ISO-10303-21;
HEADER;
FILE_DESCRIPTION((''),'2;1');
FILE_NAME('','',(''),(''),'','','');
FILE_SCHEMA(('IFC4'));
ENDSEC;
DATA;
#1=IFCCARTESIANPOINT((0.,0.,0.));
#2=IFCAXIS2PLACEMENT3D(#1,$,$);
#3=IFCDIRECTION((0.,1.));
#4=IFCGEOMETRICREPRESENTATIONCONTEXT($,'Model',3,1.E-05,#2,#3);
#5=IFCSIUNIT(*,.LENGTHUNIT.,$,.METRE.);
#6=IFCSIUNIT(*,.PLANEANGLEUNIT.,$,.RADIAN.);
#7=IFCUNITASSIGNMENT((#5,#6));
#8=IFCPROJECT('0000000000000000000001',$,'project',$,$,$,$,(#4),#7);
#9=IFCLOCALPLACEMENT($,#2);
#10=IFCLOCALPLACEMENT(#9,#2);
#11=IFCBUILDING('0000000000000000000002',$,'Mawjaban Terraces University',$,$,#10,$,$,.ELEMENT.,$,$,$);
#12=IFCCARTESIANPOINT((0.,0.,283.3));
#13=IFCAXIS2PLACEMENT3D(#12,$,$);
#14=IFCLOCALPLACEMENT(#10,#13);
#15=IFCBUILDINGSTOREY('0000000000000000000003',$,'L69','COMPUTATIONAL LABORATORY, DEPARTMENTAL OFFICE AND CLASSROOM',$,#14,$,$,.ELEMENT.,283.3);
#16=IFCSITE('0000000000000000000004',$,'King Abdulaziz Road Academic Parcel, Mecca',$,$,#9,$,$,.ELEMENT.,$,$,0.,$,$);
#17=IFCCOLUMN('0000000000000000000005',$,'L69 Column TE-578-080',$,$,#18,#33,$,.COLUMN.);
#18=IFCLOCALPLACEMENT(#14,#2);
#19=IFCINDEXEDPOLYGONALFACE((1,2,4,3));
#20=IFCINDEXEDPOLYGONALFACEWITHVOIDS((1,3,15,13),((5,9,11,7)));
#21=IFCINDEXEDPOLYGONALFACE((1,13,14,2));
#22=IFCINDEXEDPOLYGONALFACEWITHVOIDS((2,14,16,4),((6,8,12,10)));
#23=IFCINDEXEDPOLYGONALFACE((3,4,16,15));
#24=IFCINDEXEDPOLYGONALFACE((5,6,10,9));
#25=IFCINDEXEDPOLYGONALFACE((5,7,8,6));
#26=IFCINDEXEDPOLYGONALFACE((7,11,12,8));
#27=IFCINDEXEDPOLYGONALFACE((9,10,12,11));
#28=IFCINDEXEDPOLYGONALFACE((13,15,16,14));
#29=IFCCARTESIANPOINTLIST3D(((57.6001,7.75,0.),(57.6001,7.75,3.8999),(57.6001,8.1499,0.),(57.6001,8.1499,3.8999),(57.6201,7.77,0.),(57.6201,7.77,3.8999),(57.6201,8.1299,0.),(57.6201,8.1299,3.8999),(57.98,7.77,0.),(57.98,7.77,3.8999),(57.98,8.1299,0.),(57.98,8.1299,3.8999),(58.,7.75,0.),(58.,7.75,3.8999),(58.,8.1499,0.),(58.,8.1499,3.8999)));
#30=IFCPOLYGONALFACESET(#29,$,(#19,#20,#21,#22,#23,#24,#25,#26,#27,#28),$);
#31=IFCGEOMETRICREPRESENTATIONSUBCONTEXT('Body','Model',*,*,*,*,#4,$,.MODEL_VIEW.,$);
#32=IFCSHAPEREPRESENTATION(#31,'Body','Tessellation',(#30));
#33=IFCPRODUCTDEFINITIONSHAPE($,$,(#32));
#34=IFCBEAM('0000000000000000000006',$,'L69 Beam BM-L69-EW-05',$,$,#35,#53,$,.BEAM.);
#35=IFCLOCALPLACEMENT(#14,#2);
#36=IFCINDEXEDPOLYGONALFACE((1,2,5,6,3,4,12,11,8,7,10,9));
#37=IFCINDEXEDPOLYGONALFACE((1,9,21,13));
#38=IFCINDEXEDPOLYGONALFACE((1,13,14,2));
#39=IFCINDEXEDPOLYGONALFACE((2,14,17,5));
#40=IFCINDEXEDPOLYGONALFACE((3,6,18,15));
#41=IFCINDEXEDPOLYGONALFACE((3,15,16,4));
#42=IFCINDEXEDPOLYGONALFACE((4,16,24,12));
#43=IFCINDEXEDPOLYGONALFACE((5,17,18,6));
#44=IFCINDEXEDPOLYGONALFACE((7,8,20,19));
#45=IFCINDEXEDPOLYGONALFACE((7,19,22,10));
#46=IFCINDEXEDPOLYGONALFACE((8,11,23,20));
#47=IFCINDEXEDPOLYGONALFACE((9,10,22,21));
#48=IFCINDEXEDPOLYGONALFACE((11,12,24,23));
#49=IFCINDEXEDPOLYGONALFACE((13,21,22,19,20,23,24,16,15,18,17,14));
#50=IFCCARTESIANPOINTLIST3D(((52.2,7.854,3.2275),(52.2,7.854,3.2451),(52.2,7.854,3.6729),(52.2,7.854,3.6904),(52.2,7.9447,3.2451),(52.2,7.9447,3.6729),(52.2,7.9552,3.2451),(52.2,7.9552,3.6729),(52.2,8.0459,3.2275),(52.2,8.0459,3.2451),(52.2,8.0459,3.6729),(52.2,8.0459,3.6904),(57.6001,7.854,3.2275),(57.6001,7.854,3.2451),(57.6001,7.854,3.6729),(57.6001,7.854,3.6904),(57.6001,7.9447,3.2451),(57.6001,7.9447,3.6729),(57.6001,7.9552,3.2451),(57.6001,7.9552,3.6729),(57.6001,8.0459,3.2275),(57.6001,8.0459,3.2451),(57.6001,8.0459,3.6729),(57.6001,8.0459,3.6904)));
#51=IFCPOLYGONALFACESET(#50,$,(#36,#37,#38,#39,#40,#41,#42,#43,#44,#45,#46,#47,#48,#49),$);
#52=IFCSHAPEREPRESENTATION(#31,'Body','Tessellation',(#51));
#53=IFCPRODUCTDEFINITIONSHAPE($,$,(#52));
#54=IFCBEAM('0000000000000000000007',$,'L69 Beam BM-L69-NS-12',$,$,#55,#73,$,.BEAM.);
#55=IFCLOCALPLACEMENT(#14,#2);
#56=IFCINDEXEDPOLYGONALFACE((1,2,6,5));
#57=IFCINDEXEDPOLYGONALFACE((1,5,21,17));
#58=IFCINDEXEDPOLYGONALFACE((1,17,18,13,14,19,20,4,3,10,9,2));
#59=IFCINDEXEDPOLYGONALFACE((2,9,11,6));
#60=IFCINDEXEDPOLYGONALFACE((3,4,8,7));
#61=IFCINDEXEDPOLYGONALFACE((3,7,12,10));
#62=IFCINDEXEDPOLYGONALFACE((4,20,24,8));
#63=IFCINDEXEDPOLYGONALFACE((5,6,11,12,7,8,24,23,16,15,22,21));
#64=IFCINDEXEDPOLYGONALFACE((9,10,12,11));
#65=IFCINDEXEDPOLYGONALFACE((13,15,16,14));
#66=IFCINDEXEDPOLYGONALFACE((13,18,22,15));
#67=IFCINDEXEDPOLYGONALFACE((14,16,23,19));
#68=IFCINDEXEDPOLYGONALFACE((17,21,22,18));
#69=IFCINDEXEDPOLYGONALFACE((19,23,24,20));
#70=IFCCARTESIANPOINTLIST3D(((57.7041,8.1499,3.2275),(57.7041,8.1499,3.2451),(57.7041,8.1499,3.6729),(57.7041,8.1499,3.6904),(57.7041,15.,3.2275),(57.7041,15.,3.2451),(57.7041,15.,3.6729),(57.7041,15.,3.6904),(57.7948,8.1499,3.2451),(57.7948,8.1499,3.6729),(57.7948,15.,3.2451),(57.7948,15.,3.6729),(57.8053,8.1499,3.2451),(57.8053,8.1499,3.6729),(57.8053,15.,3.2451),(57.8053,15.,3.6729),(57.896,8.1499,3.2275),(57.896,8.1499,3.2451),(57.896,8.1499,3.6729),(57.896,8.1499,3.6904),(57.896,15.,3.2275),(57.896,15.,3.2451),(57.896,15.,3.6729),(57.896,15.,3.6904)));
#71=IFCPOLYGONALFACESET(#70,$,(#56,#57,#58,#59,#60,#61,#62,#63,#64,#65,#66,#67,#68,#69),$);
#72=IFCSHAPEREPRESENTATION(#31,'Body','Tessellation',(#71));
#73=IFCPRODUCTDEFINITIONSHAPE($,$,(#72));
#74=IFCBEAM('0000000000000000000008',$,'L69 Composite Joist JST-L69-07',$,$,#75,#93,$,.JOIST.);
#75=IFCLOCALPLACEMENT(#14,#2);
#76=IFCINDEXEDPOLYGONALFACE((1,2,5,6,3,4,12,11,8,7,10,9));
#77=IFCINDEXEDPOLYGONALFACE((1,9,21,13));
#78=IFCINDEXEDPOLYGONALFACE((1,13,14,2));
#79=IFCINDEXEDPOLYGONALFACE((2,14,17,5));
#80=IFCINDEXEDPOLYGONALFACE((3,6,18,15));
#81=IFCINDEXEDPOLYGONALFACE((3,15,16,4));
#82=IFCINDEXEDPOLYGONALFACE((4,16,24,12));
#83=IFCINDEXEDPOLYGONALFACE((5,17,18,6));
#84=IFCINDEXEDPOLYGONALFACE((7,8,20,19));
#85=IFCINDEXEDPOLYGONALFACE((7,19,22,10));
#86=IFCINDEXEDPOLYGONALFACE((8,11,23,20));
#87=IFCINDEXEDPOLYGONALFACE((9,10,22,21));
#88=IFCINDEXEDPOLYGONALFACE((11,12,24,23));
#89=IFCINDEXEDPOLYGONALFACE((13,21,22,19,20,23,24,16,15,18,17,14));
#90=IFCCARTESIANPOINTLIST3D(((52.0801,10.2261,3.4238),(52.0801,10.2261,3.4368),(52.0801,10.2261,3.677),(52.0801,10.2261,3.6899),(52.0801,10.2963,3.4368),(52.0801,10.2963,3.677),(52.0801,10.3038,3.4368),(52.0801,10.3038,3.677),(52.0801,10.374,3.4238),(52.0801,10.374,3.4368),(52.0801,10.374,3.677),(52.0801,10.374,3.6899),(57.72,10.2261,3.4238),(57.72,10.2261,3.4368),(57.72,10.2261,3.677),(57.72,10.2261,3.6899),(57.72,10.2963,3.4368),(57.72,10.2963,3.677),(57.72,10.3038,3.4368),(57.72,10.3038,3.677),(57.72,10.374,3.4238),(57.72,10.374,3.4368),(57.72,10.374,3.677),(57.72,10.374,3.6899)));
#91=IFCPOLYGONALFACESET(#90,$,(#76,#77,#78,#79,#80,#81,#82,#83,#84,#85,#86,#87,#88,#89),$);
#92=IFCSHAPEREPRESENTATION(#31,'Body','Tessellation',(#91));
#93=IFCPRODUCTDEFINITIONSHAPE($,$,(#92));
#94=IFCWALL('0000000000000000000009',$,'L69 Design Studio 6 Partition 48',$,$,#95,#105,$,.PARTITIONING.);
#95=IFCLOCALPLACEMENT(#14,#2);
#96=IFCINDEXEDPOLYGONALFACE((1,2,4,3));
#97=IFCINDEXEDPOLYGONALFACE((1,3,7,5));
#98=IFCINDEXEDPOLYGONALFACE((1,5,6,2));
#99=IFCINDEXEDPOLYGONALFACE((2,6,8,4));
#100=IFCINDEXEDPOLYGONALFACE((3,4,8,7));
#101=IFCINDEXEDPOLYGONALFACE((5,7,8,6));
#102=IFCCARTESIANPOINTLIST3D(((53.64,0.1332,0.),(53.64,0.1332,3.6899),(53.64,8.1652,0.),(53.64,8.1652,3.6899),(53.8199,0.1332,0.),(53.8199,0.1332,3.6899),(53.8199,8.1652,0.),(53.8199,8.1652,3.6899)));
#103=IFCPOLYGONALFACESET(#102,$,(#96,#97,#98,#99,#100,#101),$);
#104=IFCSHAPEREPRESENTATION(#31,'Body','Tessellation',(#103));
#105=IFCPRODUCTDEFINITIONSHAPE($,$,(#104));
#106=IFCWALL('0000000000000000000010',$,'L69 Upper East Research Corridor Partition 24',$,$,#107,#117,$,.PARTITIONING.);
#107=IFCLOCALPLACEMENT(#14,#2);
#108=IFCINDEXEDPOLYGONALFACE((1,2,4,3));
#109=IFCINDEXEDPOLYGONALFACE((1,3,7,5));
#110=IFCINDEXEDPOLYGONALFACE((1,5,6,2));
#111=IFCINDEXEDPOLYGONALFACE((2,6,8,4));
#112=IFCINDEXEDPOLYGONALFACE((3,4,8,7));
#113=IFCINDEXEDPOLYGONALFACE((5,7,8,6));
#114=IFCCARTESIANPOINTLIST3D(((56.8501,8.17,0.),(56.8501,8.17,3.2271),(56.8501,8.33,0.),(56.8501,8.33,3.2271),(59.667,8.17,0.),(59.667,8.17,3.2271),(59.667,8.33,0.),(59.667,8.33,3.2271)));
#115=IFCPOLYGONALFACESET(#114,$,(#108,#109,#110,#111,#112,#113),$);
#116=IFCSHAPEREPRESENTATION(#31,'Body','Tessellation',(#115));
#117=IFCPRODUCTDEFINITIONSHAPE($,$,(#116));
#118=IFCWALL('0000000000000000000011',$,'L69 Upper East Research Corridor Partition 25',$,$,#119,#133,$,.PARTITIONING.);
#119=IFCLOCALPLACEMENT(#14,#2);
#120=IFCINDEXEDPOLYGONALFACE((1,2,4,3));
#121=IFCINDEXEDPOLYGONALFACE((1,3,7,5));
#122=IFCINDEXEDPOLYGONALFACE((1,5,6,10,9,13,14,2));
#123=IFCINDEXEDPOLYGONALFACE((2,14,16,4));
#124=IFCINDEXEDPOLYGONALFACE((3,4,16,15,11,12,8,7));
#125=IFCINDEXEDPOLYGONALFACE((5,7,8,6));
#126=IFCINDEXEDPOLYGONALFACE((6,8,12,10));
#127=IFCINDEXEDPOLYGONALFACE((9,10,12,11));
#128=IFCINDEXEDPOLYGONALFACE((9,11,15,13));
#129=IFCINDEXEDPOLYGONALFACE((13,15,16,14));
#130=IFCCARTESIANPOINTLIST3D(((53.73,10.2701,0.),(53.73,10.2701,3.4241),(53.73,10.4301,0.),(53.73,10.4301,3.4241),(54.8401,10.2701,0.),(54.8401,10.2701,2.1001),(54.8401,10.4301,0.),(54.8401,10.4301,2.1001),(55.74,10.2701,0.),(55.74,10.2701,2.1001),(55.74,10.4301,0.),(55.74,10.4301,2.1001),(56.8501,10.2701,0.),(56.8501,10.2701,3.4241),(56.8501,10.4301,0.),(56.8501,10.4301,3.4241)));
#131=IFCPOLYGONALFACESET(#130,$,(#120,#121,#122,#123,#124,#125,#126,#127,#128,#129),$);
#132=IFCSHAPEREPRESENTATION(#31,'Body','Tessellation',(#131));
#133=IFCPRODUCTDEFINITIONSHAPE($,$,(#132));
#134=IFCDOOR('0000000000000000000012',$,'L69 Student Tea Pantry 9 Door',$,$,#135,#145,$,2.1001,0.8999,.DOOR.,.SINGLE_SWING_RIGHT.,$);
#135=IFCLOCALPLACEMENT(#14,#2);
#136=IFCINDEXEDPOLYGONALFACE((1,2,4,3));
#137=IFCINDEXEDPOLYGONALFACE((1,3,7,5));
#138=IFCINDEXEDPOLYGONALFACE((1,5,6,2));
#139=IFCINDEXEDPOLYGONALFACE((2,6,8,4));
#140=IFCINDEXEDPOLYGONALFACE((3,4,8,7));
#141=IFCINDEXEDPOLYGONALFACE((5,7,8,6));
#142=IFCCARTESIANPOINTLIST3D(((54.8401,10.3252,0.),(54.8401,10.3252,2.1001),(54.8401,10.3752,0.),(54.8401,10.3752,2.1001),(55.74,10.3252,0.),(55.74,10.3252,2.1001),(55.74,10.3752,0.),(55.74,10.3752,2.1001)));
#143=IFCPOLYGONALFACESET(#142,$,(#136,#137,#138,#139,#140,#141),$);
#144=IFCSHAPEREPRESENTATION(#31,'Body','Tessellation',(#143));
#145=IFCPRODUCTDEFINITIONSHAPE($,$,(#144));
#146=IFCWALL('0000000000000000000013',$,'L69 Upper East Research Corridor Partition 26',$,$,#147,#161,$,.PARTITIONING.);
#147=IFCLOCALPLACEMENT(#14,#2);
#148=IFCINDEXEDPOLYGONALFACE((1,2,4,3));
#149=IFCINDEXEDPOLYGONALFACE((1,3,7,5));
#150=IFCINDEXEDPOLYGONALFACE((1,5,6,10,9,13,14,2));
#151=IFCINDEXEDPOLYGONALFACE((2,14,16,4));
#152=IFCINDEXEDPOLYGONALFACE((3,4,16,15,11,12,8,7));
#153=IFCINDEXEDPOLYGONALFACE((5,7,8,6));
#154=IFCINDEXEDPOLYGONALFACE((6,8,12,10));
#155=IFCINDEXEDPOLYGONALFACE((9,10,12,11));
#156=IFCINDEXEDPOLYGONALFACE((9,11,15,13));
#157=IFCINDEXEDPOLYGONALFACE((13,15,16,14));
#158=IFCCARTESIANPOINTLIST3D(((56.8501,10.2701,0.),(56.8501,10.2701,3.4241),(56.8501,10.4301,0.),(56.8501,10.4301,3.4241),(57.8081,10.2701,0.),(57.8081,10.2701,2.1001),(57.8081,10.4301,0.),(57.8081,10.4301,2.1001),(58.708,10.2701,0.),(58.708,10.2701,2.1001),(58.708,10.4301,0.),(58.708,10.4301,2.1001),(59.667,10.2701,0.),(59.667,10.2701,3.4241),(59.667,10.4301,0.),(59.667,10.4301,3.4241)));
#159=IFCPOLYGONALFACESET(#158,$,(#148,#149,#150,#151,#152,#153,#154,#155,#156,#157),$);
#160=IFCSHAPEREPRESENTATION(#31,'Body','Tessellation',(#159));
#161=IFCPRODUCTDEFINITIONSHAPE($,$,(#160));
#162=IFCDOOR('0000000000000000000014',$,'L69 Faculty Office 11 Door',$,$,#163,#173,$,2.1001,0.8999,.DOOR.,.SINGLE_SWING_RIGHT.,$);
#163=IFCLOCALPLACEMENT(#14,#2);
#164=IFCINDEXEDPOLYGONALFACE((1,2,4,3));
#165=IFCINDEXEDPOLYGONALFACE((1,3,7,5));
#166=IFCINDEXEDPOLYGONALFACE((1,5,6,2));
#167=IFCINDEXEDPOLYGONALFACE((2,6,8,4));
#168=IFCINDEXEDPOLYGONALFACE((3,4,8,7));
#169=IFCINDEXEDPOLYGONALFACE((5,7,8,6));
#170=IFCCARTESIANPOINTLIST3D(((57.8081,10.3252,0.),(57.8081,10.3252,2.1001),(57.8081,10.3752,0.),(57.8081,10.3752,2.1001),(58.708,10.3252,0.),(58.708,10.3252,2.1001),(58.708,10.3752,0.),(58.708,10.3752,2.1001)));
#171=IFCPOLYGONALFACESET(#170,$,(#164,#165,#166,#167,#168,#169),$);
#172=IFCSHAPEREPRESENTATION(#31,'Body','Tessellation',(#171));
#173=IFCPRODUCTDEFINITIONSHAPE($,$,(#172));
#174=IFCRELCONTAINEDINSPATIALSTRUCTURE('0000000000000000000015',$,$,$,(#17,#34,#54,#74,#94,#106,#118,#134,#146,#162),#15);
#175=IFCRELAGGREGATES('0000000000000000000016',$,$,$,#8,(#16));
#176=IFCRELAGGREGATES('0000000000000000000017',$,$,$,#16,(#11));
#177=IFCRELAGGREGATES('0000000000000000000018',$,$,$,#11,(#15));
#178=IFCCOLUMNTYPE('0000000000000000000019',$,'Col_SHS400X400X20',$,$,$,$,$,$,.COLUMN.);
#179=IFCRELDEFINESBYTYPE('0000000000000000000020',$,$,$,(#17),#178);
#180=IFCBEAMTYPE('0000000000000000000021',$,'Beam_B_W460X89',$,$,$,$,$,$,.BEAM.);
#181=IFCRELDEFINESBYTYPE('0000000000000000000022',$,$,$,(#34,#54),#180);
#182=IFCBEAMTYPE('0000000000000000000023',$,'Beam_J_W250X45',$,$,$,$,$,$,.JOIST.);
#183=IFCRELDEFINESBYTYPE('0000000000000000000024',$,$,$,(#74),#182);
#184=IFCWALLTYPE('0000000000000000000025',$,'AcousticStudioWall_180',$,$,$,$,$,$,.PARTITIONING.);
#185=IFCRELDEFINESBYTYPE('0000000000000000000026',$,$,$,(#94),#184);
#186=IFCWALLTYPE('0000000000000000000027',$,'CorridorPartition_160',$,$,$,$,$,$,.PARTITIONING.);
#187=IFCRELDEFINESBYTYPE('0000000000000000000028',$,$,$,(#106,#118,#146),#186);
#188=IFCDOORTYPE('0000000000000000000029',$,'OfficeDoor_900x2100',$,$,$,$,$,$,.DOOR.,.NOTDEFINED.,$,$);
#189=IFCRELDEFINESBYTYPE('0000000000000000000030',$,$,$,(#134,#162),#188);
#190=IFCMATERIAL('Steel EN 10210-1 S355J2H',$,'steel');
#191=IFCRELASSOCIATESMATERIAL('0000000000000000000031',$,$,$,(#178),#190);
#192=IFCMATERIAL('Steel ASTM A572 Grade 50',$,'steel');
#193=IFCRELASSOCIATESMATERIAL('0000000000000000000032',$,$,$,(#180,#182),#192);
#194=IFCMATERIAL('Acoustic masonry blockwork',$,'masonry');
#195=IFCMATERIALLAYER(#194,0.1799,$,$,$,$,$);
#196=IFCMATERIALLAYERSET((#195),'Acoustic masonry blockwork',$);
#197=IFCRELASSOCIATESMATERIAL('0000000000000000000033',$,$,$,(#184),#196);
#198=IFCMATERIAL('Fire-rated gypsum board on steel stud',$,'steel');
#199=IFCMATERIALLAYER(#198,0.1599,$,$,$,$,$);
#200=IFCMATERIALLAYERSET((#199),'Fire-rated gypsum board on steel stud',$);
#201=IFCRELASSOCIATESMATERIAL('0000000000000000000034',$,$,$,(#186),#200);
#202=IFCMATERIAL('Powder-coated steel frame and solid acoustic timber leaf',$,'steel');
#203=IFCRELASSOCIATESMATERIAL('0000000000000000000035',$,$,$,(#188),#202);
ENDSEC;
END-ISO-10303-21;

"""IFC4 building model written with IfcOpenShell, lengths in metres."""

from ifc_helpers import new_model, si_unit, direction, frame, frame_2d, origin, origin_2d, place, context, subcontext, project, spatial, rectangle, hollow_rectangle, i_section, extrude, material, layer, layer_set, material_profile, profile_set, type_object, element, fill, save


model = new_model("IFC4")

# Units and contexts
model_context = context("Model", 3, precision=1e-05, world=origin(), true_north=direction((0.0, 1.0)))
body_context = subcontext(model_context, "Body", "Model", "MODEL_VIEW")
ifc_project = project(units=[si_unit("LENGTHUNIT", "METRE"), si_unit("PLANEANGLEUNIT", "RADIAN")], contexts=[model_context])

# Site, building, storey
site_placement = place(None, origin())
site = spatial("IfcSite", under=ifc_project, at=site_placement, Name="King Abdulaziz Road Academic Parcel, Mecca", CompositionType="ELEMENT", RefElevation=0.0)
building_placement = place(site_placement, origin())
building = spatial("IfcBuilding", under=site, at=building_placement, Name="Mawjaban Terraces University", CompositionType="ELEMENT")
storey_placement = place(building_placement, frame((0.0, 0.0, 283.3)))
storey = spatial("IfcBuildingStorey", under=building, at=storey_placement, Name="L69", Description="COMPUTATIONAL LABORATORY, DEPARTMENTAL OFFICE AND CLASSROOM", CompositionType="ELEMENT", Elevation=283.3)

# Column
ifc_material_1 = material(Name="Steel EN 10210-1 S355J2H", Category="steel")
ifc_material_profile_1 = material_profile(ifc_material_1, hollow_rectangle(XDim=0.3999, YDim=0.3999, WallThickness=0.02, at=origin_2d()), Name="SHS400X400X20")
ifc_profile_set_1 = profile_set([ifc_material_profile_1], Name="Steel EN 10210-1 S355J2H")
column_type = type_object("IfcColumnType", Name="Col_SHS400X400X20", PredefinedType="COLUMN", material=ifc_profile_set_1)
column_placement = place(storey_placement, frame((57.8, 7.95, 0.0), z_axis=(0.0, 0.0, 1.0), x_axis=(1.0, 0.0, 0.0)))
element("IfcColumn", 1, at=column_placement, inside=storey, type_object=column_type, Name="L69 Column TE-578-080", PredefinedType="COLUMN", context=body_context, shape_type="SweptSolid", body=[
    extrude(hollow_rectangle(XDim=0.3999, YDim=0.3999, WallThickness=0.02, at=origin_2d()), origin(), (0.0, 0.0, 1.0), 3.8999),
])

# Beams
ifc_material_2 = material(Name="Steel ASTM A572 Grade 50", Category="steel")
ifc_material_profile_2 = material_profile(ifc_material_2, i_section(OverallWidth=0.1919, OverallDepth=0.4629, WebThickness=0.0105, FlangeThickness=0.0176, at=origin_2d()), Name="W460X89")
ifc_profile_set_2 = profile_set([ifc_material_profile_2], Name="Steel ASTM A572 Grade 50")
beam_type_1 = type_object("IfcBeamType", Name="Beam_B_W460X89", PredefinedType="BEAM", material=ifc_profile_set_2)
beam_1_placement = place(storey_placement, frame((52.2, 7.95, 3.459), z_axis=(1.0, 0.0, 0.0), x_axis=(0.0, 1.0, 0.0)))
element("IfcBeam", 2, at=beam_1_placement, inside=storey, type_object=beam_type_1, Name="L69 Beam BM-L69-EW-05", PredefinedType="BEAM", context=body_context, shape_type="SweptSolid", body=[
    extrude(i_section(OverallWidth=0.1919, OverallDepth=0.4629, WebThickness=0.0105, FlangeThickness=0.0176, at=origin_2d()), origin(), (0.0, 0.0, 1.0), 5.4001),
])
beam_2_placement = place(storey_placement, frame((57.8, 8.1499, 3.459), z_axis=(0.0, 1.0, 0.0), x_axis=(-1.0, 0.0, 0.0)))
element("IfcBeam", 3, at=beam_2_placement, inside=storey, type_object=beam_type_1, Name="L69 Beam BM-L69-NS-12", PredefinedType="BEAM", context=body_context, shape_type="SweptSolid", body=[
    extrude(i_section(OverallWidth=0.1919, OverallDepth=0.4629, WebThickness=0.0105, FlangeThickness=0.0176, at=origin_2d()), origin(), (0.0, 0.0, 1.0), 6.8501),
])
ifc_material_profile_3 = material_profile(ifc_material_2, i_section(OverallWidth=0.1479, OverallDepth=0.2661, WebThickness=0.0076, FlangeThickness=0.0129, at=origin_2d()), Name="W250X45")
ifc_profile_set_3 = profile_set([ifc_material_profile_3], Name="Steel ASTM A572 Grade 50")
beam_type_2 = type_object("IfcBeamType", Name="Beam_J_W250X45", PredefinedType="JOIST", material=ifc_profile_set_3)
beam_3_placement = place(storey_placement, frame((52.0801, 10.3, 3.5569), z_axis=(1.0, 0.0, 0.0), x_axis=(0.0, 1.0, 0.0)))
element("IfcBeam", 4, at=beam_3_placement, inside=storey, type_object=beam_type_2, Name="L69 Composite Joist JST-L69-07", PredefinedType="JOIST", context=body_context, shape_type="SweptSolid", body=[
    extrude(i_section(OverallWidth=0.1479, OverallDepth=0.2661, WebThickness=0.0076, FlangeThickness=0.0129, at=origin_2d()), origin(), (0.0, 0.0, 1.0), 5.6399),
])

# Walls
ifc_material_3 = material(Name="Acoustic masonry blockwork", Category="masonry")
ifc_layer_1 = layer(ifc_material_3, 0.1799)
ifc_layer_set_1 = layer_set([ifc_layer_1], Name="Acoustic masonry blockwork")
wall_type_1 = type_object("IfcWallType", Name="AcousticStudioWall_180", PredefinedType="PARTITIONING", material=ifc_layer_set_1)
wall_1_placement = place(storey_placement, frame((53.73, 0.1331, 0.0), z_axis=(0.0, 0.0, 1.0), x_axis=(0.0, 1.0, 0.0)))
element("IfcWall", 5, at=wall_1_placement, inside=storey, type_object=wall_type_1, Name="L69 Design Studio 6 Partition 48", PredefinedType="PARTITIONING", context=body_context, shape_type="SweptSolid", body=[
    extrude(rectangle(XDim=8.032, YDim=0.1799, at=frame_2d((4.0161, 0.0))), origin(), (0.0, 0.0, 1.0), 3.6899),
])
ifc_material_4 = material(Name="Fire-rated gypsum board on steel stud", Category="steel")
ifc_layer_2 = layer(ifc_material_4, 0.1599)
ifc_layer_set_2 = layer_set([ifc_layer_2], Name="Fire-rated gypsum board on steel stud")
wall_type_2 = type_object("IfcWallType", Name="CorridorPartition_160", PredefinedType="PARTITIONING", material=ifc_layer_set_2)
wall_2_placement = place(storey_placement, frame((56.8501, 8.25, 0.0), z_axis=(0.0, 0.0, 1.0), x_axis=(1.0, 0.0, 0.0)))
element("IfcWall", 6, at=wall_2_placement, inside=storey, type_object=wall_type_2, Name="L69 Upper East Research Corridor Partition 24", PredefinedType="PARTITIONING", context=body_context, shape_type="SweptSolid", body=[
    extrude(rectangle(XDim=2.8169, YDim=0.1599, at=frame_2d((1.4084, 0.0))), origin(), (0.0, 0.0, 1.0), 3.2271),
])

# Walls, openings, doors
wall_3_placement = place(storey_placement, frame((56.8501, 10.3501, 0.0), z_axis=(0.0, 0.0, 1.0), x_axis=(-1.0, 0.0, 0.0)))
wall_3 = element("IfcWall", 7, at=wall_3_placement, inside=storey, type_object=wall_type_2, Name="L69 Upper East Research Corridor Partition 25", PredefinedType="PARTITIONING", context=body_context, shape_type="SweptSolid", body=[
    extrude(rectangle(XDim=3.1201, YDim=0.1599, at=frame_2d((1.5601, 0.0))), origin(), (0.0, 0.0, 1.0), 3.4241),
])
opening_1_placement = place(wall_3_placement, frame((1.1101, 0.0, 0.0)))
opening_1 = element("IfcOpeningElement", 8, at=opening_1_placement, cuts=wall_3, PredefinedType="OPENING", context=body_context, shape_type="SweptSolid", body=[
    extrude(rectangle(XDim=0.8999, YDim=2.1001, at=frame_2d((0.45, 1.05))), frame((0.0, 0.0898, 0.0), z_axis=(0.0, -1.0, 0.0), x_axis=(1.0, 0.0, 0.0)), (0.0, 0.0, 1.0), 0.1799),
])
ifc_material_5 = material(Name="Powder-coated steel frame and solid acoustic timber leaf", Category="steel")
door_type_1 = type_object("IfcDoorType", Name="OfficeDoor_900x2100", OperationType="NOTDEFINED", PredefinedType="DOOR", material=ifc_material_5)
door_1_placement = place(opening_1_placement, origin())
door_1 = element("IfcDoor", 9, at=door_1_placement, inside=storey, type_object=door_type_1, Name="L69 Student Tea Pantry 9 Door", OperationType="SINGLE_SWING_RIGHT", OverallHeight=2.1001, OverallWidth=0.8999, PredefinedType="DOOR", context=body_context, shape_type="SweptSolid", body=[
    extrude(rectangle(XDim=0.8999, YDim=2.1001, at=frame_2d((0.45, 1.05))), frame((0.0, 0.0249, 0.0), z_axis=(0.0, -1.0, 0.0), x_axis=(1.0, 0.0, 0.0)), (0.0, 0.0, 1.0), 0.05),
])
fill(opening_1, door_1)
wall_4_placement = place(storey_placement, frame((59.667, 10.3501, 0.0), z_axis=(0.0, 0.0, 1.0), x_axis=(-1.0, 0.0, 0.0)))
wall_4 = element("IfcWall", 10, at=wall_4_placement, inside=storey, type_object=wall_type_2, Name="L69 Upper East Research Corridor Partition 26", PredefinedType="PARTITIONING", context=body_context, shape_type="SweptSolid", body=[
    extrude(rectangle(XDim=2.8169, YDim=0.1599, at=frame_2d((1.4084, 0.0))), origin(), (0.0, 0.0, 1.0), 3.4241),
])
opening_2_placement = place(wall_4_placement, frame((0.959, 0.0, 0.0)))
opening_2 = element("IfcOpeningElement", 11, at=opening_2_placement, cuts=wall_4, PredefinedType="OPENING", context=body_context, shape_type="SweptSolid", body=[
    extrude(rectangle(XDim=0.8999, YDim=2.1001, at=frame_2d((0.45, 1.05))), frame((0.0, 0.0898, 0.0), z_axis=(0.0, -1.0, 0.0), x_axis=(1.0, 0.0, 0.0)), (0.0, 0.0, 1.0), 0.1799),
])
door_2_placement = place(opening_2_placement, origin())
door_2 = element("IfcDoor", 12, at=door_2_placement, inside=storey, type_object=door_type_1, Name="L69 Faculty Office 11 Door", OperationType="SINGLE_SWING_RIGHT", OverallHeight=2.1001, OverallWidth=0.8999, PredefinedType="DOOR", context=body_context, shape_type="SweptSolid", body=[
    extrude(rectangle(XDim=0.8999, YDim=2.1001, at=frame_2d((0.45, 1.05))), frame((0.0, 0.0249, 0.0), z_axis=(0.0, -1.0, 0.0), x_axis=(1.0, 0.0, 0.0)), (0.0, 0.0, 1.0), 0.05),
])
fill(opening_2, door_2)

save(model, "model.ifc")
